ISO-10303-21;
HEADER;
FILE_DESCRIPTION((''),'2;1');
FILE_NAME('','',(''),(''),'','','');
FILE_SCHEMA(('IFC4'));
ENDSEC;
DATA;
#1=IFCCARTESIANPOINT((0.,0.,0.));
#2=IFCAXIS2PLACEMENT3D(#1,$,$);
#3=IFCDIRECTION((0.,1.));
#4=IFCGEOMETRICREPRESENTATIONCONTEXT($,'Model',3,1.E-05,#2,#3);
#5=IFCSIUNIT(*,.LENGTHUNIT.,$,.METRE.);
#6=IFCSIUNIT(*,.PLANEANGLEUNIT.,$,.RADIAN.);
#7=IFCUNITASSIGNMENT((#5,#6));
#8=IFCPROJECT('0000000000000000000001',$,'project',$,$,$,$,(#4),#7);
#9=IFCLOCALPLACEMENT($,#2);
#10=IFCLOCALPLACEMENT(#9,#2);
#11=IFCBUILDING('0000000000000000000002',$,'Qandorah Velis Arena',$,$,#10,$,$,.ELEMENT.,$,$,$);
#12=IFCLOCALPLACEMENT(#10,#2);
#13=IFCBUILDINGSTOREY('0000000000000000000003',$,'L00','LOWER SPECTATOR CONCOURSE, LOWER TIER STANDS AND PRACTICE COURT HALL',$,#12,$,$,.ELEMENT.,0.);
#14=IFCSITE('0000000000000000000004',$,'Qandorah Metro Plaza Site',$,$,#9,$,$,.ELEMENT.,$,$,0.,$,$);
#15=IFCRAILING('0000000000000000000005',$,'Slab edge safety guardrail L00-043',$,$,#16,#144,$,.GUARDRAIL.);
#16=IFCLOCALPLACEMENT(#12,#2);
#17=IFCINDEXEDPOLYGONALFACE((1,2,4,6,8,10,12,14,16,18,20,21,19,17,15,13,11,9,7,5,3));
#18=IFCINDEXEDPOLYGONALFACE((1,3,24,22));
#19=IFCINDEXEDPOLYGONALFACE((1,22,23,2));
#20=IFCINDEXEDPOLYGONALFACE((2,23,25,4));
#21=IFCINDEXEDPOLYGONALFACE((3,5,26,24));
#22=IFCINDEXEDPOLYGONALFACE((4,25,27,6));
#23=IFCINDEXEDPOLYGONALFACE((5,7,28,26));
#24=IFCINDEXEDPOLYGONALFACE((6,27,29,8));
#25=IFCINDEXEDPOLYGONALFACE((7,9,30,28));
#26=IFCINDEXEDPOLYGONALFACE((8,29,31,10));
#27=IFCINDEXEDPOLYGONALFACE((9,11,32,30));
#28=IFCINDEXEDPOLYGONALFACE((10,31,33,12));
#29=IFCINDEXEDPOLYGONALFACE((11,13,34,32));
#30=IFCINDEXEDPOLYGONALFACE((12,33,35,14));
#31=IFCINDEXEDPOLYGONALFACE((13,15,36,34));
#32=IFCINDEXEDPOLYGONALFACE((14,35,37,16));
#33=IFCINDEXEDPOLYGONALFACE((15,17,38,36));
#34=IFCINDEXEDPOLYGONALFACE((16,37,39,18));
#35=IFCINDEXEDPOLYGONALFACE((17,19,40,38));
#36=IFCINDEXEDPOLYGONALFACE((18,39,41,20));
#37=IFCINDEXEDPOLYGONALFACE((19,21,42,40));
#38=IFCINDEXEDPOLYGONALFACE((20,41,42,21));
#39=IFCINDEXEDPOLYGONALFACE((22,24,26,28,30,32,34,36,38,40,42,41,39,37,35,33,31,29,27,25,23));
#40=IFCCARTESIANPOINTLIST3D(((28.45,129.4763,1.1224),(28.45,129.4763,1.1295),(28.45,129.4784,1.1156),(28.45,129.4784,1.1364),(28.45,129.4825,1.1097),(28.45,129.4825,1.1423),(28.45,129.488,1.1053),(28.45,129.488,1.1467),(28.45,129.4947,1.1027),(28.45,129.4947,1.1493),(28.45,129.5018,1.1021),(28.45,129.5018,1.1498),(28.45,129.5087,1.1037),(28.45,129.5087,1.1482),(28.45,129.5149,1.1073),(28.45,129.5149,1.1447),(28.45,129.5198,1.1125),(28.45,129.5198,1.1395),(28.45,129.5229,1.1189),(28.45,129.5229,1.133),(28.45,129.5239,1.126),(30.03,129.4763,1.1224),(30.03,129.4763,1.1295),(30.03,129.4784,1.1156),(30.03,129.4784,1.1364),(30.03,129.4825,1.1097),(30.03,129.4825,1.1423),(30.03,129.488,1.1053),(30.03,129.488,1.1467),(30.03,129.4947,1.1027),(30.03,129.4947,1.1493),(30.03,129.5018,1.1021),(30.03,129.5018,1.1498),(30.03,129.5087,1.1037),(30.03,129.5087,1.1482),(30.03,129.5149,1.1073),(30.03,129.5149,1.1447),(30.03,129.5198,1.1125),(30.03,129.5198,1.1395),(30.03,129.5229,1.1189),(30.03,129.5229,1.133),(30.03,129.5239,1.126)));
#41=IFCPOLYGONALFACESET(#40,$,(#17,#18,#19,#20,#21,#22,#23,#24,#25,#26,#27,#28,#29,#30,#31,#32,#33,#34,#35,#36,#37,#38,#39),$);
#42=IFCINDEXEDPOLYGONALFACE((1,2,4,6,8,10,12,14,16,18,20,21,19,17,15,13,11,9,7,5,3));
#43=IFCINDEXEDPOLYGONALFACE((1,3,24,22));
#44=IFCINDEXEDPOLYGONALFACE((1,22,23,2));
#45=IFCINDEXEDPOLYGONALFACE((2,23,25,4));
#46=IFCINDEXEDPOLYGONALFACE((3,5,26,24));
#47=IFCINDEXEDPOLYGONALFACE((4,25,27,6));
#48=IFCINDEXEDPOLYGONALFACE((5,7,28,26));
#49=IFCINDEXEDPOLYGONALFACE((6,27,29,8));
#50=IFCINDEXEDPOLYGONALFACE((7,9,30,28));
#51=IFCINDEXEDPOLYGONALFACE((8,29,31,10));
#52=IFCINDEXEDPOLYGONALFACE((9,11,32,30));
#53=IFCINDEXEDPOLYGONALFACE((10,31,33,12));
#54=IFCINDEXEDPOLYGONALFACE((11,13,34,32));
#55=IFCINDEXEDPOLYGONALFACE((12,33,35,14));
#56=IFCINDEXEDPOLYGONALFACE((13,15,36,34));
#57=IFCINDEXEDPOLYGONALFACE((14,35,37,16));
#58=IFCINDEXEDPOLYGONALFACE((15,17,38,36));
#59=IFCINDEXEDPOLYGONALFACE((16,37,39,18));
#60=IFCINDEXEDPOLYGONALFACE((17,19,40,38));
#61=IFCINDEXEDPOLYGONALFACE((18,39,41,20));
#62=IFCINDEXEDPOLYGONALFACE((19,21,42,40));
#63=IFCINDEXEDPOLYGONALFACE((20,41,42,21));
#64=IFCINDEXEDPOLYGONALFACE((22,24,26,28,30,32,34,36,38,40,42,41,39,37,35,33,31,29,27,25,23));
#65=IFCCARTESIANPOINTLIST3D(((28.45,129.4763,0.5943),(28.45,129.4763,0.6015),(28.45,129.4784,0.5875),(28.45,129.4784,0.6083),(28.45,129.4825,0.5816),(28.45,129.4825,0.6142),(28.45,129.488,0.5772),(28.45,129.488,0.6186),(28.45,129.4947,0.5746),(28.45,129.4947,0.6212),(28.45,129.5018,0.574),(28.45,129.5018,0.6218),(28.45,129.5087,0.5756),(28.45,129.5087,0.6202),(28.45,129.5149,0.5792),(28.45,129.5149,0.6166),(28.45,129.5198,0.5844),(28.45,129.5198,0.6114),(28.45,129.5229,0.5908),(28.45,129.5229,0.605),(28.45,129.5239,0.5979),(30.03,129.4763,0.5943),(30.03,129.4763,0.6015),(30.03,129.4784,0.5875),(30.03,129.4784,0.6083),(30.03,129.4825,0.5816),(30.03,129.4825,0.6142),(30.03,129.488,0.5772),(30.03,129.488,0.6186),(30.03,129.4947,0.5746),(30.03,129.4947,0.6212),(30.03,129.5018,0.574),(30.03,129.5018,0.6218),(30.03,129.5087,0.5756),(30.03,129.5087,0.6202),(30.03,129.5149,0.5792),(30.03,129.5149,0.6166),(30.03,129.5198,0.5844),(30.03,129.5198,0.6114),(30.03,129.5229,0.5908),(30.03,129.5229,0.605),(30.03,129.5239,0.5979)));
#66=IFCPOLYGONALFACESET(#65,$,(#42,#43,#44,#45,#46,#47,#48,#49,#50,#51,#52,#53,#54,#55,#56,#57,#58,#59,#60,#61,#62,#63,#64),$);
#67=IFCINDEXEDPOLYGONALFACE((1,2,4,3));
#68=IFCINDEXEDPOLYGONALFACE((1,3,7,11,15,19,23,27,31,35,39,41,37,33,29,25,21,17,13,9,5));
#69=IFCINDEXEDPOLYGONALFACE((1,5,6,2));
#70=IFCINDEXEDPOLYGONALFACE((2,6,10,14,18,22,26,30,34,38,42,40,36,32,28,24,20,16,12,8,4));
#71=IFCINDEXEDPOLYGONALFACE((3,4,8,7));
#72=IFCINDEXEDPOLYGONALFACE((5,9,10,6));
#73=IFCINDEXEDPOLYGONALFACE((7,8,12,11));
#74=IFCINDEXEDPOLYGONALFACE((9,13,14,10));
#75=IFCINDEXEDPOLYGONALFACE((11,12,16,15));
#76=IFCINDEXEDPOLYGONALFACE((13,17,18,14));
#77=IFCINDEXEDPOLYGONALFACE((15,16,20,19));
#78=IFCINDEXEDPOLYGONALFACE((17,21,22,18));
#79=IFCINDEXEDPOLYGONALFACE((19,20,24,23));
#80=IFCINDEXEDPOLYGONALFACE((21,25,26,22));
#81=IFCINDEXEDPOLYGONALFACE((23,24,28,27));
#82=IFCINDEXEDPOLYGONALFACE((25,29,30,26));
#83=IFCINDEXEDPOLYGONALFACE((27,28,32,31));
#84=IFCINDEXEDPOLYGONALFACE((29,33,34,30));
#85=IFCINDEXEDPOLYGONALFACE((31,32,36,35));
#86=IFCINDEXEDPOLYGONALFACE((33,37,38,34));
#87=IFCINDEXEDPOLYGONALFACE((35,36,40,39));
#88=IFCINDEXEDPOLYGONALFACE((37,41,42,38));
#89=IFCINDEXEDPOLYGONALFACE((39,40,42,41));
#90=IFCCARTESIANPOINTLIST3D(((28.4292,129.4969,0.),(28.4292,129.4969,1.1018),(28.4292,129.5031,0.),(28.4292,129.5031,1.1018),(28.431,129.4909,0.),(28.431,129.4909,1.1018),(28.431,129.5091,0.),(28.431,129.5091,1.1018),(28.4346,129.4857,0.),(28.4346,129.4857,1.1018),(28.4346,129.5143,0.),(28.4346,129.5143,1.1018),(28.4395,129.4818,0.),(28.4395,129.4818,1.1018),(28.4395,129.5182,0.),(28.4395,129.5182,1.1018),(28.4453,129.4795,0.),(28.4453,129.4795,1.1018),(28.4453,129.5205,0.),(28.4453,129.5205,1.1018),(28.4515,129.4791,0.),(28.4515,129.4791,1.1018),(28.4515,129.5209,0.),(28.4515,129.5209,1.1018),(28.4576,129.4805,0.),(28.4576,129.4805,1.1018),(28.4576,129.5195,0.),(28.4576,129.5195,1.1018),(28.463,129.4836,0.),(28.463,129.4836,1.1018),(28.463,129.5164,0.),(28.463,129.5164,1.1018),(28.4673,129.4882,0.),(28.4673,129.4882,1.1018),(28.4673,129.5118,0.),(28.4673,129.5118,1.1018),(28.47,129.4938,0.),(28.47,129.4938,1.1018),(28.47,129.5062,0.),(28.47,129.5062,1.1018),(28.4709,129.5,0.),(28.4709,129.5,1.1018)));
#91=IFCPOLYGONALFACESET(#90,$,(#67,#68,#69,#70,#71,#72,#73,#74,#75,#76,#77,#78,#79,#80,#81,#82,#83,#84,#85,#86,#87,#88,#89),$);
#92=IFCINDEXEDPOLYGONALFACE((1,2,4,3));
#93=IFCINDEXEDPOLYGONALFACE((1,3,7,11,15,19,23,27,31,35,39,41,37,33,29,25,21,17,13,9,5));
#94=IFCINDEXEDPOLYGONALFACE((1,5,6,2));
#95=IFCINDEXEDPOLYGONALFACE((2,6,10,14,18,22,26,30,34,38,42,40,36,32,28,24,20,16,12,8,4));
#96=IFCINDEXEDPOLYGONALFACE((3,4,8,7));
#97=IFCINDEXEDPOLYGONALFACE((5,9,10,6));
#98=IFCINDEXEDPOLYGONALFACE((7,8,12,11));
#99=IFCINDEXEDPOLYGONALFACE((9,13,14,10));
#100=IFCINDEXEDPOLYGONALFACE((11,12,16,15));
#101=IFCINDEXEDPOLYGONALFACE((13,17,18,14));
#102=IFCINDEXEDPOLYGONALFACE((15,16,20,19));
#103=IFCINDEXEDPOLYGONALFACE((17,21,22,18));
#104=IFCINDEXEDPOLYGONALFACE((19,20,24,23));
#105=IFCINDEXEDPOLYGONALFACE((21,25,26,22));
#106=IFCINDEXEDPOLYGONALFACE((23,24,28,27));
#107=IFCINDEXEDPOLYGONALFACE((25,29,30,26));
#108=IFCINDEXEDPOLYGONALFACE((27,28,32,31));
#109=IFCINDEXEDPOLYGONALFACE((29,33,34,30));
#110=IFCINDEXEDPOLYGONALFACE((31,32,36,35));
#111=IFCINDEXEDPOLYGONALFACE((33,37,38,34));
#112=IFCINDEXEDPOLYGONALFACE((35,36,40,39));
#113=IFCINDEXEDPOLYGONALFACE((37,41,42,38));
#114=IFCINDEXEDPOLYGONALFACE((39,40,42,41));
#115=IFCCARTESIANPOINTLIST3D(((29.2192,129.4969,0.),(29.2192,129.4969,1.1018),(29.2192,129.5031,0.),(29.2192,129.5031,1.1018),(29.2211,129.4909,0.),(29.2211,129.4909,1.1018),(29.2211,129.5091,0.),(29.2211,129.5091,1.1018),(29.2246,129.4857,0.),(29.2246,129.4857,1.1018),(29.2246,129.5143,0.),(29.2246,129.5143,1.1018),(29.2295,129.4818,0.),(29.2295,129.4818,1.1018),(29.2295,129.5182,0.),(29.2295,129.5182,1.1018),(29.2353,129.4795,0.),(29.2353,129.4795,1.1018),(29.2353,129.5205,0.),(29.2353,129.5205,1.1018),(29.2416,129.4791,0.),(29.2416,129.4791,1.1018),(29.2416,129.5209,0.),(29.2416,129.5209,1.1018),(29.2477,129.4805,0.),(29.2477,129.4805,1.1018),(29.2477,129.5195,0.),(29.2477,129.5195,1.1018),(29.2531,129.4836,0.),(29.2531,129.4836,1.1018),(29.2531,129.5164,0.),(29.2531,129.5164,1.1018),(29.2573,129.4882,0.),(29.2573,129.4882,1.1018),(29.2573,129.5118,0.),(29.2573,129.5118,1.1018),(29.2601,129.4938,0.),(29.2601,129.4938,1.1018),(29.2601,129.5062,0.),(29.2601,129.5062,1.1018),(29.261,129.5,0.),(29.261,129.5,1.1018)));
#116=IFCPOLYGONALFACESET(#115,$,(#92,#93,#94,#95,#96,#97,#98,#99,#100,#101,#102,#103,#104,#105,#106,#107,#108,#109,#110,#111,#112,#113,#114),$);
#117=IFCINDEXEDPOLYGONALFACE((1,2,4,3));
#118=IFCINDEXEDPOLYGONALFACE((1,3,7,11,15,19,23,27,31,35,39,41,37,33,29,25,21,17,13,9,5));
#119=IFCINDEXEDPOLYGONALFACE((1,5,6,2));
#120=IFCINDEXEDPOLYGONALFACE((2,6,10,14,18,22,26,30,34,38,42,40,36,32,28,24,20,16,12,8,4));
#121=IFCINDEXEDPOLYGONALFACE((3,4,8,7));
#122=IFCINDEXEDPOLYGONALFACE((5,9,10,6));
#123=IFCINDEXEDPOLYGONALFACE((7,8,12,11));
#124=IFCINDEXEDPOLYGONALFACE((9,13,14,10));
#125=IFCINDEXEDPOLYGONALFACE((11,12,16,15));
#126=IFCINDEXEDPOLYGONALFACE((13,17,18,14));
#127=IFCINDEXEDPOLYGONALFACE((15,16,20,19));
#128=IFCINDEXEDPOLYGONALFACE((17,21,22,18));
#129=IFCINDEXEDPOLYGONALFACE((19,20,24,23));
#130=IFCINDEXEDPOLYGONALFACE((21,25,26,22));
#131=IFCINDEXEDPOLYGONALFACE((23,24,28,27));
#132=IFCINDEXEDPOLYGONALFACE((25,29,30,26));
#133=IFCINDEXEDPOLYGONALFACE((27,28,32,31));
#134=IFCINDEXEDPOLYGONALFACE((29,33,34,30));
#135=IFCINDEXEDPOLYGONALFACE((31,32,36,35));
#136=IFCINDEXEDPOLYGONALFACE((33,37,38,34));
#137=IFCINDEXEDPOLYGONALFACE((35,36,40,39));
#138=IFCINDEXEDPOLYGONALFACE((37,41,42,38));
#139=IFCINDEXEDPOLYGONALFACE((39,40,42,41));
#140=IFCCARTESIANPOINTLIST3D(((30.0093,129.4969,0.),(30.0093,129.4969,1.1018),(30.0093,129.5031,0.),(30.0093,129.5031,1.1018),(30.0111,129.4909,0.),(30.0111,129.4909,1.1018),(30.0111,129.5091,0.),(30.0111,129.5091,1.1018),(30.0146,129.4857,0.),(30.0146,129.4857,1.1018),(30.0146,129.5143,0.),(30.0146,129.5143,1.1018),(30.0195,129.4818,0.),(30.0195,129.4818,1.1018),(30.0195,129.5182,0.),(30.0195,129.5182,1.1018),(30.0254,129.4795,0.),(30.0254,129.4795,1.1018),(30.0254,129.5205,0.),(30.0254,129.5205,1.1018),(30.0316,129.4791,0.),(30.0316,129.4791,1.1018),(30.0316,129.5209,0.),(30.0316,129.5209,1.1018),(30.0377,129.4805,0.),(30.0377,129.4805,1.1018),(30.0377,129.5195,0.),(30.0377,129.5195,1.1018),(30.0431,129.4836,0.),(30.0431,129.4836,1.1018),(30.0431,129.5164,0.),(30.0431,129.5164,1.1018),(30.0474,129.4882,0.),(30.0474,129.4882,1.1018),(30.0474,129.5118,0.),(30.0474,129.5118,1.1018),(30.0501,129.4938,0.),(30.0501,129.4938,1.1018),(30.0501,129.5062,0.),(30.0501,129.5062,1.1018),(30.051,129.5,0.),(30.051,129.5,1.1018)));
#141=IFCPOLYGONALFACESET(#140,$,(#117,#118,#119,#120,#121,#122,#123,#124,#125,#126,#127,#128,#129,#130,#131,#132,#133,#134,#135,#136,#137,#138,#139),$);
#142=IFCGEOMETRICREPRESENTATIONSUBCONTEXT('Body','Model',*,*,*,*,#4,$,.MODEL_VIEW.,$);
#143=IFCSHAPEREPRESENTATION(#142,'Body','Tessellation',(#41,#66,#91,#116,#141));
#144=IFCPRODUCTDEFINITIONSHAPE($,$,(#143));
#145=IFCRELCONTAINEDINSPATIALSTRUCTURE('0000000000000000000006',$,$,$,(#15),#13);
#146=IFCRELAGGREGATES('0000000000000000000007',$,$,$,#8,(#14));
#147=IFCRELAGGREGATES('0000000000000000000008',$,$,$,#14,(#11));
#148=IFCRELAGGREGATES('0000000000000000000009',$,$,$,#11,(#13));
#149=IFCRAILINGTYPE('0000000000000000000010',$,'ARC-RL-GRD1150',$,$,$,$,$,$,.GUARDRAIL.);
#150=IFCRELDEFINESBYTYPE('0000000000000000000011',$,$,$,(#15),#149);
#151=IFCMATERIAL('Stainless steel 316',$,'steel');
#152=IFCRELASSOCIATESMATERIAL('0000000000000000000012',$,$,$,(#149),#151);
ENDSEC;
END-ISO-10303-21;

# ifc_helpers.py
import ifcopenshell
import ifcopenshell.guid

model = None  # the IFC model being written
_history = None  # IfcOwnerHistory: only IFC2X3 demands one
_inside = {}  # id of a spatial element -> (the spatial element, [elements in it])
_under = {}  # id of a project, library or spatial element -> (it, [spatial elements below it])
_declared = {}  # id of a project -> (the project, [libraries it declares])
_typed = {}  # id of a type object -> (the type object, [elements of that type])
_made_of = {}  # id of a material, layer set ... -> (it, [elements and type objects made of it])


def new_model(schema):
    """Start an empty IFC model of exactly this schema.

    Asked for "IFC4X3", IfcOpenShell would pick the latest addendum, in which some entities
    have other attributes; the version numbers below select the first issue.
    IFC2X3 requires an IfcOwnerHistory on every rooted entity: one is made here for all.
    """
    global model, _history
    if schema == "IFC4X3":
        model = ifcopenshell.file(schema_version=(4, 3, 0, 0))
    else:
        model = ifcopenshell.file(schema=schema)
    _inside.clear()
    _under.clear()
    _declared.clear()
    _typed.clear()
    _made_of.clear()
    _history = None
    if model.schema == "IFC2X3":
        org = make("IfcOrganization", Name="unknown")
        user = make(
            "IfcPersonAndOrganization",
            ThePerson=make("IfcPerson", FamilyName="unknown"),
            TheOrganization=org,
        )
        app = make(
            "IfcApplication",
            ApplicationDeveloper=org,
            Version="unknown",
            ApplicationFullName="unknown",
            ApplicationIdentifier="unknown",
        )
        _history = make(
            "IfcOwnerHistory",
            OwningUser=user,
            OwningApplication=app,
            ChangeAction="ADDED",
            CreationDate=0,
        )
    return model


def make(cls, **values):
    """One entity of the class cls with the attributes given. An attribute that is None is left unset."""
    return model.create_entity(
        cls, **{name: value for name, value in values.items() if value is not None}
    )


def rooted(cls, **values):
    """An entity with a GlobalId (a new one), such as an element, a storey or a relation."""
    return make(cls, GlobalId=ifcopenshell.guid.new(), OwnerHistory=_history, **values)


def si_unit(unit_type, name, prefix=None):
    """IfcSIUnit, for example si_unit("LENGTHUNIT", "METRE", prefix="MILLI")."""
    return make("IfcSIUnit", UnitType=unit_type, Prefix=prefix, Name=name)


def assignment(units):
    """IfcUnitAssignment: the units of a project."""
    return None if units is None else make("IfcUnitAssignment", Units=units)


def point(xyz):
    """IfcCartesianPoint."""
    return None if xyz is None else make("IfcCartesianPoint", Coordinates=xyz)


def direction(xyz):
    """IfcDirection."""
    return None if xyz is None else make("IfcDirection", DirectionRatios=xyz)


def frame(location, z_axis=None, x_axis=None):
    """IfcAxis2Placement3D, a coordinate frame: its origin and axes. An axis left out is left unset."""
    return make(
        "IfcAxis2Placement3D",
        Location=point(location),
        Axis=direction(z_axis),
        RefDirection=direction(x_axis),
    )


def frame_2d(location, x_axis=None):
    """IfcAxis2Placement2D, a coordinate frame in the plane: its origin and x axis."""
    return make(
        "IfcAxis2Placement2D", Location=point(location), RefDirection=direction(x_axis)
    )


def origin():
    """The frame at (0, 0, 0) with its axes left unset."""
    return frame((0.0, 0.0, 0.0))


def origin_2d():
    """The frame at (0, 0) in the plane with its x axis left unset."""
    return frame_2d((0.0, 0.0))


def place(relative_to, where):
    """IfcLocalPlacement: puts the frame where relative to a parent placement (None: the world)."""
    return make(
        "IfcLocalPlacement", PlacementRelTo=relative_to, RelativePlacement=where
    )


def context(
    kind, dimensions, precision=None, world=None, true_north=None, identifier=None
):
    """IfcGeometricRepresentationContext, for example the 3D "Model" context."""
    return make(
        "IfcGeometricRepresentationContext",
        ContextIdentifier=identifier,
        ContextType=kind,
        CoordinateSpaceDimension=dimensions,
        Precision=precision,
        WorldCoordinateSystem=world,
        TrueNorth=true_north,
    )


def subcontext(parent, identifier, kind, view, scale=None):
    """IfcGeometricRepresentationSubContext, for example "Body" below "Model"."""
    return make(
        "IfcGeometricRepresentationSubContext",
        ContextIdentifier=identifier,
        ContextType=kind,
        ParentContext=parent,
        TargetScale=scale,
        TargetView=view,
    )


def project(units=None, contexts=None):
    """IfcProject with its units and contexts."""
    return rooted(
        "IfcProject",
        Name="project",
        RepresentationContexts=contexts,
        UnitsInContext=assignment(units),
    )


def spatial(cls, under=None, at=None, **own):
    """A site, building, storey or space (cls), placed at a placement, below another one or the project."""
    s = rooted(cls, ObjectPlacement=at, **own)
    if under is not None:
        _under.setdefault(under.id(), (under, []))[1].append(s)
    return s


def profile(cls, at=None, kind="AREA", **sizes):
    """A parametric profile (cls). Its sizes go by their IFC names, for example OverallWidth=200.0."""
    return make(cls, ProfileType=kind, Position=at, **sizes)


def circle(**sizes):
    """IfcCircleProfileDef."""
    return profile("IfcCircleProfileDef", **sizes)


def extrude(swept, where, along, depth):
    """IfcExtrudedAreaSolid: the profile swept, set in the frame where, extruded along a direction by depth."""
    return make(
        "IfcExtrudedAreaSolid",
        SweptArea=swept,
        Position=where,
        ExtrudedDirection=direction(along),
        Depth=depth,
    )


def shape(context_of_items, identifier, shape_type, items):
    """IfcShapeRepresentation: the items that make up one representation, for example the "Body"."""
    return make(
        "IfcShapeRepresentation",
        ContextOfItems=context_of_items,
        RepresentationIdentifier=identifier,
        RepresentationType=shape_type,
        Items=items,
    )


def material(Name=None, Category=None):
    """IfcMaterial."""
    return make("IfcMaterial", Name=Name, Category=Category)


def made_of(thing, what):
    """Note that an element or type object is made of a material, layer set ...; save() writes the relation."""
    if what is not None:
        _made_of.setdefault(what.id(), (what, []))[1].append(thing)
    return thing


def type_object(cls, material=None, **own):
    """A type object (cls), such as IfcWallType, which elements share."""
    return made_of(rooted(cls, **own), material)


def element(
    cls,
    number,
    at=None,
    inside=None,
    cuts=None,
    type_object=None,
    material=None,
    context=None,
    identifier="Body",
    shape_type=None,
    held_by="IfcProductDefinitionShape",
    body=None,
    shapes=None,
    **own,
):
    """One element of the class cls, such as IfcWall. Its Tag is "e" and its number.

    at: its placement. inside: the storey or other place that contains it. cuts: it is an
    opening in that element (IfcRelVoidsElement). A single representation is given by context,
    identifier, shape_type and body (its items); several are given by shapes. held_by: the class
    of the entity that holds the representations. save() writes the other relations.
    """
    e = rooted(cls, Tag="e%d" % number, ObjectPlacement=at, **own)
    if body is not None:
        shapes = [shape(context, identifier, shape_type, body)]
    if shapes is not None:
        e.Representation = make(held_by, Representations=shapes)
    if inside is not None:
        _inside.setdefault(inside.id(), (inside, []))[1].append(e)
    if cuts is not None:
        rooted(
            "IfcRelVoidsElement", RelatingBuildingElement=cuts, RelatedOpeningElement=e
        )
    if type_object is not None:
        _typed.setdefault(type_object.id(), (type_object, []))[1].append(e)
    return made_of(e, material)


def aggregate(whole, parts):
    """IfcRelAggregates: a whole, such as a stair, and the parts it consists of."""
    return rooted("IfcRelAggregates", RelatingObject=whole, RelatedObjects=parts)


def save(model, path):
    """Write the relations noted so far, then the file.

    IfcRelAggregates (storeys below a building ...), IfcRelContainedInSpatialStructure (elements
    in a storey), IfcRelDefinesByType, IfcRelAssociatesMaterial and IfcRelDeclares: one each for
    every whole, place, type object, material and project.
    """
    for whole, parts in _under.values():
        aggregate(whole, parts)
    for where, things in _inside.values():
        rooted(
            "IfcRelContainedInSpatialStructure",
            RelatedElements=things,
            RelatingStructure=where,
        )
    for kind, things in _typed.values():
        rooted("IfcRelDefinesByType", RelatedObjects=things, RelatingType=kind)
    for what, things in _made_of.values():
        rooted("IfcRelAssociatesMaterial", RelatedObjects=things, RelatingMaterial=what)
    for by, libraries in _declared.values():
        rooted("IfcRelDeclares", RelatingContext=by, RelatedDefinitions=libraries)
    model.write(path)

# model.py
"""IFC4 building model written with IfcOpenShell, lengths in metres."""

from ifc_helpers import new_model, si_unit, direction, frame, origin, origin_2d, place, context, subcontext, project, spatial, circle, extrude, material, type_object, element, save


model = new_model("IFC4")

# Units and contexts
model_context = context("Model", 3, precision=1e-05, world=origin(), true_north=direction((0.0, 1.0)))
body_context = subcontext(model_context, "Body", "Model", "MODEL_VIEW")
ifc_project = project(units=[si_unit("LENGTHUNIT", "METRE"), si_unit("PLANEANGLEUNIT", "RADIAN")], contexts=[model_context])

# Site, building, storey
site_placement = place(None, origin())
site = spatial("IfcSite", under=ifc_project, at=site_placement, Name="Qandorah Metro Plaza Site", CompositionType="ELEMENT", RefElevation=0.0)
building_placement = place(site_placement, origin())
building = spatial("IfcBuilding", under=site, at=building_placement, Name="Qandorah Velis Arena", CompositionType="ELEMENT")
storey_placement = place(building_placement, origin())
storey = spatial("IfcBuildingStorey", under=building, at=storey_placement, Name="L00", Description="LOWER SPECTATOR CONCOURSE, LOWER TIER STANDS AND PRACTICE COURT HALL", CompositionType="ELEMENT", Elevation=0.0)

# Railing
ifc_material_1 = material(Name="Stainless steel 316", Category="steel")
railing_type_1 = type_object("IfcRailingType", Name="ARC-RL-GRD1150", PredefinedType="GUARDRAIL", material=ifc_material_1)
railing_1_placement = place(storey_placement, frame((28.45, 129.5, 0.0)))
element("IfcRailing", 1, at=railing_1_placement, inside=storey, type_object=railing_type_1, Name="Slab edge safety guardrail L00-043", PredefinedType="GUARDRAIL", context=body_context, shape_type="SweptSolid", body=[
    extrude(circle(Radius=0.0239, at=origin_2d()), frame((0.0, 0.0, 1.126), z_axis=(1.0, 0.0, 0.0), x_axis=(0.0, 1.0, 0.0)), (0.0, 0.0, 1.0), 1.5801),
    extrude(circle(Radius=0.0239, at=origin_2d()), frame((0.0, 0.0, 0.5979), z_axis=(1.0, 0.0, 0.0), x_axis=(0.0, 1.0, 0.0)), (0.0, 0.0, 1.0), 1.5801),
    extrude(circle(Radius=0.021, at=origin_2d()), origin(), (0.0, 0.0, 1.0), 1.1018),
    extrude(circle(Radius=0.021, at=origin_2d()), frame((0.79, 0.0, 0.0)), (0.0, 0.0, 1.0), 1.1018),
    extrude(circle(Radius=0.021, at=origin_2d()), frame((1.5801, 0.0, 0.0)), (0.0, 0.0, 1.0), 1.1018),
])

save(model, "model.ifc")
